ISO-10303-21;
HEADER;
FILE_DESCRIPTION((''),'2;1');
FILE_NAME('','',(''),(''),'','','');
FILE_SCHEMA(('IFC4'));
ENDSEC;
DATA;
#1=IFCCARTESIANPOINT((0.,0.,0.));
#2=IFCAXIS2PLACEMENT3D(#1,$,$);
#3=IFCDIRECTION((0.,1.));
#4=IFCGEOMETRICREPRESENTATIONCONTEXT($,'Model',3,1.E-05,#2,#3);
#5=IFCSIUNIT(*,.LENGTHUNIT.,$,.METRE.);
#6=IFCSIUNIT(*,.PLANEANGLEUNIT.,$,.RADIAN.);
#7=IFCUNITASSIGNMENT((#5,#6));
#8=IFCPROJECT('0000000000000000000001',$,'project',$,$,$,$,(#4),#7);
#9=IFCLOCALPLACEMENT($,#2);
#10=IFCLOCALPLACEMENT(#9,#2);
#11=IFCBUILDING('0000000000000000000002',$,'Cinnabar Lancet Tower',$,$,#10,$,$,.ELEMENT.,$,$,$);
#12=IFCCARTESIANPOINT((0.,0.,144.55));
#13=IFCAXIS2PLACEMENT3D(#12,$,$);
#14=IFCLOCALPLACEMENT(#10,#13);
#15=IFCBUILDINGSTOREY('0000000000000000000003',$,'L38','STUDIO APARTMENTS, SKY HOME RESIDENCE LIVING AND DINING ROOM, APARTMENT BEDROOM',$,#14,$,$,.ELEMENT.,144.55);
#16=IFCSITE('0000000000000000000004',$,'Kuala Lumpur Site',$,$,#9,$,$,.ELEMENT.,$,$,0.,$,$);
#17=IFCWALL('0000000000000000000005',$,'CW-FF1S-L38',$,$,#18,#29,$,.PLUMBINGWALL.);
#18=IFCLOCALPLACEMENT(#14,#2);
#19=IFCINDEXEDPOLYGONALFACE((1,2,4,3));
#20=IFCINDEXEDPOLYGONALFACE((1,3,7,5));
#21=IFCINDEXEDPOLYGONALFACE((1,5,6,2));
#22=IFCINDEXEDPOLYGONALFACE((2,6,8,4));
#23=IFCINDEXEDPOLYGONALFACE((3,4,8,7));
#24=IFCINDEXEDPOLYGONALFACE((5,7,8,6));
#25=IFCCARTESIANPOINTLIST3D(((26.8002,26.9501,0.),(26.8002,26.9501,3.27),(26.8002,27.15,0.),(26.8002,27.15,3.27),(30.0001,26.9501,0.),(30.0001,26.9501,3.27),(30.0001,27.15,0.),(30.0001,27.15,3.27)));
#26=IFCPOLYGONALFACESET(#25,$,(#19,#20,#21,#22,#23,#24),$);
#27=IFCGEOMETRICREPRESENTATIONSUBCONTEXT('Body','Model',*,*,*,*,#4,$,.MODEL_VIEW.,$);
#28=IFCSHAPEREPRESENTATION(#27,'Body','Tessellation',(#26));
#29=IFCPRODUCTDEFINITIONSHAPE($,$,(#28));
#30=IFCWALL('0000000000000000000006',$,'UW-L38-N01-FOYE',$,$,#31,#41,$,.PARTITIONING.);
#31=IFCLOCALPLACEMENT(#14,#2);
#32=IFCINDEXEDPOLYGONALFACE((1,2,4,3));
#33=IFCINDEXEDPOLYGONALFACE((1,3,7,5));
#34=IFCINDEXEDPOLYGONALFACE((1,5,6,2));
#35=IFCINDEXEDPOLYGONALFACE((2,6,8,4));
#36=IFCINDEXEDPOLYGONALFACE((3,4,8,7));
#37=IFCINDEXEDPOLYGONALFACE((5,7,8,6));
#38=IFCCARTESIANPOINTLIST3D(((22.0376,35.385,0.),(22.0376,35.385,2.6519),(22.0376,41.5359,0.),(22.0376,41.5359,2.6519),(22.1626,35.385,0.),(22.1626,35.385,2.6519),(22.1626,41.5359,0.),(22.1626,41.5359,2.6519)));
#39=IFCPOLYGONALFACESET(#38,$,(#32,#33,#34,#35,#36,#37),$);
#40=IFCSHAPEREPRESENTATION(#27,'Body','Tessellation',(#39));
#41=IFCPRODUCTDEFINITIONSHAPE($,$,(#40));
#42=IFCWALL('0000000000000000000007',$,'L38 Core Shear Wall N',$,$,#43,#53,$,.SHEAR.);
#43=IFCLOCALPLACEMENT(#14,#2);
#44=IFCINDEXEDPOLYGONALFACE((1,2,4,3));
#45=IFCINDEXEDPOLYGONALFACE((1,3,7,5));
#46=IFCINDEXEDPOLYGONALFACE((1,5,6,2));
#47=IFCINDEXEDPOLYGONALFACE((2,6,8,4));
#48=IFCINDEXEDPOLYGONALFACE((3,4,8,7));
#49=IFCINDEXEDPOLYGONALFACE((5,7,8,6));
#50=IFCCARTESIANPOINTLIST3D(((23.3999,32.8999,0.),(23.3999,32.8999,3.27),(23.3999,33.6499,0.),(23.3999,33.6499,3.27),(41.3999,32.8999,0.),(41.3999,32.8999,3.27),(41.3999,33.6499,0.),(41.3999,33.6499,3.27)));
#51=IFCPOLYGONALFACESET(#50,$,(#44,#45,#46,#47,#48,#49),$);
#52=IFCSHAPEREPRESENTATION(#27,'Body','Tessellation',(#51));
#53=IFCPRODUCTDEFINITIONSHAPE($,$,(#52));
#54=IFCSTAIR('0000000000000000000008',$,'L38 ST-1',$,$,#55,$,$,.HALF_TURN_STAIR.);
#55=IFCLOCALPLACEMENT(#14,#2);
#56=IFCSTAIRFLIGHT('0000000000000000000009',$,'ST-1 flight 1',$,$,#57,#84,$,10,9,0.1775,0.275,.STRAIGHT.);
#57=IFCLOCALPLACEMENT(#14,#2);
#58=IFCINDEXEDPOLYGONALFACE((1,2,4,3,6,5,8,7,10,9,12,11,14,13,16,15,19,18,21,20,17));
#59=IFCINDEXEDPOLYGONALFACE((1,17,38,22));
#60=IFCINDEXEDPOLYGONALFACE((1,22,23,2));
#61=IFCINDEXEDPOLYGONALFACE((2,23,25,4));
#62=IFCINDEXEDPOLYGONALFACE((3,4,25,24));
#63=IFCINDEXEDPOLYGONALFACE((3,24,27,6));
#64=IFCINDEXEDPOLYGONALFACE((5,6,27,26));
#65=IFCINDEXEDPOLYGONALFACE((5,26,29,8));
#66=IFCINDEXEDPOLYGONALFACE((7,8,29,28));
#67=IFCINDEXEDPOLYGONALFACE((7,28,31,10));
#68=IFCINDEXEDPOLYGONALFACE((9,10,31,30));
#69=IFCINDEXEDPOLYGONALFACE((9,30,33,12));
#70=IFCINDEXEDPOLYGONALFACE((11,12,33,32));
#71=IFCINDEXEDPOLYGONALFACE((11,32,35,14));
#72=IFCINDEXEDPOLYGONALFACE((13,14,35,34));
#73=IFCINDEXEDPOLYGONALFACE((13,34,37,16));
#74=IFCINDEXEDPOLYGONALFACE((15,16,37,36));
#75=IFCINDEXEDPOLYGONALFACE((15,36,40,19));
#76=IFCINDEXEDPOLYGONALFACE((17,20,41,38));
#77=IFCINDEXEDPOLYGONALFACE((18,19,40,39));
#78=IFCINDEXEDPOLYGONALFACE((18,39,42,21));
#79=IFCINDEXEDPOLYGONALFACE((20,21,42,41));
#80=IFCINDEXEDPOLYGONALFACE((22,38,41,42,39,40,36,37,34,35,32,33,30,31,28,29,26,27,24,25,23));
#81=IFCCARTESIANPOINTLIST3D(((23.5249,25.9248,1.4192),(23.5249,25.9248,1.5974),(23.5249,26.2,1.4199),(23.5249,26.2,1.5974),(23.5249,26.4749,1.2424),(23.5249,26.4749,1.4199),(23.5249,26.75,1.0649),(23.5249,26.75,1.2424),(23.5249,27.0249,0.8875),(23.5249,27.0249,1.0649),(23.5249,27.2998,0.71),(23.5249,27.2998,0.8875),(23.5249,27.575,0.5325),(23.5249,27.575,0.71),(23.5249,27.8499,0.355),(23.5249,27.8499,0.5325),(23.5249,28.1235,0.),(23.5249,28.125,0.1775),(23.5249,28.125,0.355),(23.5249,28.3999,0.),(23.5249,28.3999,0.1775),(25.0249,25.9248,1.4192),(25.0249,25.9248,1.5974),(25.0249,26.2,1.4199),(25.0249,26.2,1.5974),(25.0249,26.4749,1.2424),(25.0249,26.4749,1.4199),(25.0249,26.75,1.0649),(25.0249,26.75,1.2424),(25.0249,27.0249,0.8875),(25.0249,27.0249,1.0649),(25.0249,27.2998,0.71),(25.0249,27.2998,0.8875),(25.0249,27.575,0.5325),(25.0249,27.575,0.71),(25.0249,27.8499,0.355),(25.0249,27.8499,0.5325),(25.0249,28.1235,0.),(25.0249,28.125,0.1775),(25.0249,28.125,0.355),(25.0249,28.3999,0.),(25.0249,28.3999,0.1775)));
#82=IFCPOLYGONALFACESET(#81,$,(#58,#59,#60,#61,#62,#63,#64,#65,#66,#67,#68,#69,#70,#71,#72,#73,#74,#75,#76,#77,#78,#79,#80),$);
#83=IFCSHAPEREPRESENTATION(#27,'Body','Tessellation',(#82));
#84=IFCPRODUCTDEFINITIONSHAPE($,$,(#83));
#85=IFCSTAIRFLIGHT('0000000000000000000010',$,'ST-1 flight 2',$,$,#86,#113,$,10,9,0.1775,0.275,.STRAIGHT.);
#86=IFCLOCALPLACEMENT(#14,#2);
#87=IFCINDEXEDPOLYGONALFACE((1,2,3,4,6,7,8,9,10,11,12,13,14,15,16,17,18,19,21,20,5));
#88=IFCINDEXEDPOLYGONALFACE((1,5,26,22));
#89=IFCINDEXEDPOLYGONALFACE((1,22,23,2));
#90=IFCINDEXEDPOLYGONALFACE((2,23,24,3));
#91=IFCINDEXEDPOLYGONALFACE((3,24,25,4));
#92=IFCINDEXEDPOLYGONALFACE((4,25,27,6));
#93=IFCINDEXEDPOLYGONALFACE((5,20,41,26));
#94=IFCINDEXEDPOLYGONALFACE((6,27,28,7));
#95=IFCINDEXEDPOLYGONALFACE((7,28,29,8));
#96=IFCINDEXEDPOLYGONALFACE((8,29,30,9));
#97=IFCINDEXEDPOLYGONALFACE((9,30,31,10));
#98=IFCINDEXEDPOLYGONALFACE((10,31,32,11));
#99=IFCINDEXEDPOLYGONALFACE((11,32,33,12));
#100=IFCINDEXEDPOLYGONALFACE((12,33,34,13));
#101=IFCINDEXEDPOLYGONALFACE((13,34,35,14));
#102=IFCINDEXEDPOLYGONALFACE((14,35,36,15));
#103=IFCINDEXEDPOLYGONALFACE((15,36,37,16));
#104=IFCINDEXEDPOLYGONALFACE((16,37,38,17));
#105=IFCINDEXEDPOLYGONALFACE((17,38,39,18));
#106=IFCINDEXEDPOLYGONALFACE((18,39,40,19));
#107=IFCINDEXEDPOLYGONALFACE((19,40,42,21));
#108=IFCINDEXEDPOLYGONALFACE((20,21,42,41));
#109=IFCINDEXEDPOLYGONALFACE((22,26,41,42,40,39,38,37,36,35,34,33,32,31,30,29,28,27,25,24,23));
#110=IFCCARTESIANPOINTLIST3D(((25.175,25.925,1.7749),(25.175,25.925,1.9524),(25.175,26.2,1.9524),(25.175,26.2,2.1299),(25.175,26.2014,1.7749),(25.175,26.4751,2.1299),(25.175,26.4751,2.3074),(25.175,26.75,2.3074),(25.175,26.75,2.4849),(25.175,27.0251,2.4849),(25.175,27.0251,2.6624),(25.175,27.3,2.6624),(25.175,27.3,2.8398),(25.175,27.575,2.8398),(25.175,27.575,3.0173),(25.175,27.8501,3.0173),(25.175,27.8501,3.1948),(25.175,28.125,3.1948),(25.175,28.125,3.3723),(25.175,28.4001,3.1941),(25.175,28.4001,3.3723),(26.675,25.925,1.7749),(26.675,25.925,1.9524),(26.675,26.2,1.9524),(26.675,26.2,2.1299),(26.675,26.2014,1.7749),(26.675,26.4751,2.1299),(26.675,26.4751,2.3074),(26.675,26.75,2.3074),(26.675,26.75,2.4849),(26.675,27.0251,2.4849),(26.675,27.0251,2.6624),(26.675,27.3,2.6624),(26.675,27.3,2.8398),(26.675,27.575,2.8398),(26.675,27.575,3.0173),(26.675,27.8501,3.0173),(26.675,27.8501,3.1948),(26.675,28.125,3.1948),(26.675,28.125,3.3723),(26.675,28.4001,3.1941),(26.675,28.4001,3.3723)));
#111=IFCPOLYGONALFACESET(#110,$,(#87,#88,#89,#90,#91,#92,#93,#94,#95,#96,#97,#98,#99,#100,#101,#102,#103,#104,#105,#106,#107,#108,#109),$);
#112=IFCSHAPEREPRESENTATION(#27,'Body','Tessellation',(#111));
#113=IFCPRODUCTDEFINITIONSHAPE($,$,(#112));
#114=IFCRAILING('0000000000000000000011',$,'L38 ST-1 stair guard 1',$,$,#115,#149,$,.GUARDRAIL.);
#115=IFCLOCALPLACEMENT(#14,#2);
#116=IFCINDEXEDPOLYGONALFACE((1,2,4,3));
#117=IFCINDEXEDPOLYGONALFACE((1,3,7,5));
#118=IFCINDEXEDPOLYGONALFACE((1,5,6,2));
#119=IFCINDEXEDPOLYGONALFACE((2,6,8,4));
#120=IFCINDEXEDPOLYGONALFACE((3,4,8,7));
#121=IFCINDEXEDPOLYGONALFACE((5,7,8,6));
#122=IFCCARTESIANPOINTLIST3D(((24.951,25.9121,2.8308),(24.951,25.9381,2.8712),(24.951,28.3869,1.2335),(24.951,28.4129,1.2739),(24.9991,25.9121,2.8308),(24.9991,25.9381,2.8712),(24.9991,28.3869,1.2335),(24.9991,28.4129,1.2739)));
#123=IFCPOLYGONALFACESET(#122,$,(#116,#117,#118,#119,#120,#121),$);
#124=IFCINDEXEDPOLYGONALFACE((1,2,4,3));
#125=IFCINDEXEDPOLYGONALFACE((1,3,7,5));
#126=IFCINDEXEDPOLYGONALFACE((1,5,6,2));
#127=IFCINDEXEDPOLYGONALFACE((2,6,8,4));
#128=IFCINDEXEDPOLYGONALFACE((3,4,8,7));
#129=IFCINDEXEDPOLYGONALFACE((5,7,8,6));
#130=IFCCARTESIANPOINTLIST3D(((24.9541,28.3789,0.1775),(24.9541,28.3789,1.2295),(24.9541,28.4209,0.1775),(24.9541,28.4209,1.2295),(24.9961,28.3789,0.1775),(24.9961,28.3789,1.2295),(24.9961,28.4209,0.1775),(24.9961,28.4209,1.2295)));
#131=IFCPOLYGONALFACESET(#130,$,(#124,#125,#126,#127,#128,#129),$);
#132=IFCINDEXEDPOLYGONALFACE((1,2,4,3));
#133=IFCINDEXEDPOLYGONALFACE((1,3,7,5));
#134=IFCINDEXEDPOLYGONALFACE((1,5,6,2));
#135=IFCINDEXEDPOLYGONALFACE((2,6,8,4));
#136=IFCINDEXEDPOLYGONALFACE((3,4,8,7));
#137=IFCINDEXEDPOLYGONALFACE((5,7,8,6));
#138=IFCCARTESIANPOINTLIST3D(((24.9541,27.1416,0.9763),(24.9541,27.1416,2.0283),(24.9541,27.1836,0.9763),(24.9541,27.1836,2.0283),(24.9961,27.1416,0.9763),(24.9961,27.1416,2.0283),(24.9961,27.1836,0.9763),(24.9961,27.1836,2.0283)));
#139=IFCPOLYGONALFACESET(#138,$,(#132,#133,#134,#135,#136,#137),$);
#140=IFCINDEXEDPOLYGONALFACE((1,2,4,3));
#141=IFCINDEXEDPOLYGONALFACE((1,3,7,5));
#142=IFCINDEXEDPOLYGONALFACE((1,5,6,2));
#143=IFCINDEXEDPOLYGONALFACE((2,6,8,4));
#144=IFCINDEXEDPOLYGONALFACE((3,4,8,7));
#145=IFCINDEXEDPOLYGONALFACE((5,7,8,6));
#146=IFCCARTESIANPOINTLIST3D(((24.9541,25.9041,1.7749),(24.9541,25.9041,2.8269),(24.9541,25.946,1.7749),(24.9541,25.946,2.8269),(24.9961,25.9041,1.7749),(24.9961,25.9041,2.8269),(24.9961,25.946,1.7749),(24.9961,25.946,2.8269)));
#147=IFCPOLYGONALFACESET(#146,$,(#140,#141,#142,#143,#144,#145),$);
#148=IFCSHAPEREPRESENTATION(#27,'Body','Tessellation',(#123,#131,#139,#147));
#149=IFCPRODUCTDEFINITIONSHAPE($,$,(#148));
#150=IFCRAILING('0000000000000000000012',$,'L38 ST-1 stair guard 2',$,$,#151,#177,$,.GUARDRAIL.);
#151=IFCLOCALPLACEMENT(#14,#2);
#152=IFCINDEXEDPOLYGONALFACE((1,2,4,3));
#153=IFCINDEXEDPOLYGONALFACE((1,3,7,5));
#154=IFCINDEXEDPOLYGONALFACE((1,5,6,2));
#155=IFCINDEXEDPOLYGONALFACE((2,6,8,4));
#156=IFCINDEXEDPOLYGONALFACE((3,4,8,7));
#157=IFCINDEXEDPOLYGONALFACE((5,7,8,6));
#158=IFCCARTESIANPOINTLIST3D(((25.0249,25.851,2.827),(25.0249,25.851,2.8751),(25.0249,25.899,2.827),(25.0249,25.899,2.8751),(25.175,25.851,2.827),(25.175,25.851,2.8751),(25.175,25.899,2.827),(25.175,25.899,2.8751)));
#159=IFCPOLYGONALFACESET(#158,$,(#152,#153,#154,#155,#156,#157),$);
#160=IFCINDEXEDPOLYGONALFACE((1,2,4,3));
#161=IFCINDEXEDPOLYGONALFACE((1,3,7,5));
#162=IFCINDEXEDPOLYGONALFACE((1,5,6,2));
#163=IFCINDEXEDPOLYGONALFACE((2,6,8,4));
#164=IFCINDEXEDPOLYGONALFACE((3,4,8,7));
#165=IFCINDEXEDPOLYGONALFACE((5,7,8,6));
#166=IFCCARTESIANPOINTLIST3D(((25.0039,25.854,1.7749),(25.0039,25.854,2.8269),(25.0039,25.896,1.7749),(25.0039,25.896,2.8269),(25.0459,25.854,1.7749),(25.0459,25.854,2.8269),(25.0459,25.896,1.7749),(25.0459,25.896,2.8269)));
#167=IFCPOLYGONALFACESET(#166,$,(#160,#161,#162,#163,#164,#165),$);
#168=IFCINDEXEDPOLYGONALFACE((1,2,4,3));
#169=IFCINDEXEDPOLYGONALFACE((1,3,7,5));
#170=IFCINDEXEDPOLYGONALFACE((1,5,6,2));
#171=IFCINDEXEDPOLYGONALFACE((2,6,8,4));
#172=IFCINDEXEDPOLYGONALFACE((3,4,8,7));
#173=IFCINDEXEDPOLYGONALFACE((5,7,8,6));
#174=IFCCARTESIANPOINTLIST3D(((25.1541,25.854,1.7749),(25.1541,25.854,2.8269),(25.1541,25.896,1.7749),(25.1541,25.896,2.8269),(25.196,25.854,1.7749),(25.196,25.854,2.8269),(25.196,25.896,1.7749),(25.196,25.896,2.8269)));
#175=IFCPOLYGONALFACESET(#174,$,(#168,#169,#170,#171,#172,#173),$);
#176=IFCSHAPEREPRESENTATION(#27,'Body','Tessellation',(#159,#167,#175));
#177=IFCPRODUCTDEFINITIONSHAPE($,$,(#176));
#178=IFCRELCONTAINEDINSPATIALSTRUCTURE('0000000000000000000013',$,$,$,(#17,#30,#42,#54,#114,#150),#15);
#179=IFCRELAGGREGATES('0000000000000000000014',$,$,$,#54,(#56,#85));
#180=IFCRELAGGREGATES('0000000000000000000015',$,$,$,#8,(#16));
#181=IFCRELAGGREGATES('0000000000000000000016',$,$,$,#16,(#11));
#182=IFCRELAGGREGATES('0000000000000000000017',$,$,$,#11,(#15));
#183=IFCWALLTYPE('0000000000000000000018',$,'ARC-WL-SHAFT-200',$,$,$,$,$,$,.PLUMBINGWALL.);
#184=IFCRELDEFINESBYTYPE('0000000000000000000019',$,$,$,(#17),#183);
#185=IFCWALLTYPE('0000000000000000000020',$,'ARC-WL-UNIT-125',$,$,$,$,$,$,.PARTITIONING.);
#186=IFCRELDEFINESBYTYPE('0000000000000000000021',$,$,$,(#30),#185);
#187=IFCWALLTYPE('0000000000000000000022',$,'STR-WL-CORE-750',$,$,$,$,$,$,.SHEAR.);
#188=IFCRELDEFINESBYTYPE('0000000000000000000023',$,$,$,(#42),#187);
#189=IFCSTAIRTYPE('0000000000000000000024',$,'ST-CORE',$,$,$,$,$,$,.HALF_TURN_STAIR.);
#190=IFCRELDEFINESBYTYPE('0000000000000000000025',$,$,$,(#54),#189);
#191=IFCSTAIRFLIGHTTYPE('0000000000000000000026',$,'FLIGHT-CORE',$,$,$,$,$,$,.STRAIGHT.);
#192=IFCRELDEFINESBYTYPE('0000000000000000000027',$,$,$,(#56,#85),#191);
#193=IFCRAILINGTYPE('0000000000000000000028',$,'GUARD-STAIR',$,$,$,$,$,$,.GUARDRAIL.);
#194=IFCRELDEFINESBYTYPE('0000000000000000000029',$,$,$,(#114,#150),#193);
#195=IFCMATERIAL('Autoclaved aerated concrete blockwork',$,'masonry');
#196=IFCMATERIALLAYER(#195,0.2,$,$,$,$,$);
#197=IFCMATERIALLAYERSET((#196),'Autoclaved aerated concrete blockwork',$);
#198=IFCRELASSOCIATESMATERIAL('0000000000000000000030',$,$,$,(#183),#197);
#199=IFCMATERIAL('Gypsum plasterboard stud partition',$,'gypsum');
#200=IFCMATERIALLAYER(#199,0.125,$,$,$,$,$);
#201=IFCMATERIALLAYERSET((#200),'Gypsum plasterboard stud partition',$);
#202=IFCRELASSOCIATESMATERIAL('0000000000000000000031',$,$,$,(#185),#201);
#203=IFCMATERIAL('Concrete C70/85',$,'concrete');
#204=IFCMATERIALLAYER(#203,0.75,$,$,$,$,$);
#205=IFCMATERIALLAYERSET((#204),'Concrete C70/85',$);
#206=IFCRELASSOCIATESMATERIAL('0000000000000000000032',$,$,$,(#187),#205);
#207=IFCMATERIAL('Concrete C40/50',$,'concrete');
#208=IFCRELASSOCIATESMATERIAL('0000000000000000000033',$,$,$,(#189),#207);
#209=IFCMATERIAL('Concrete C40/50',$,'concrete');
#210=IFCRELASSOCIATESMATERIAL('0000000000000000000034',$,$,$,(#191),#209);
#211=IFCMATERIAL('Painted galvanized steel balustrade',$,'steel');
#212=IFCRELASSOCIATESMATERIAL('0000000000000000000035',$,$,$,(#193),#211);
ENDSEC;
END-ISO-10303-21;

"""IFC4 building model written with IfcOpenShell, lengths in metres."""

from ifc_helpers import new_model, si_unit, direction, frame, frame_2d, origin, origin_2d, place, context, subcontext, project, spatial, polyline, rectangle, outline, extrude, material, layer, layer_set, type_object, element, aggregate, save


model = new_model("IFC4")

# Units and contexts
model_context = context("Model", 3, precision=1e-05, world=origin(), true_north=direction((0.0, 1.0)))
body_context = subcontext(model_context, "Body", "Model", "MODEL_VIEW")
ifc_project = project(units=[si_unit("LENGTHUNIT", "METRE"), si_unit("PLANEANGLEUNIT", "RADIAN")], contexts=[model_context])

# Site, building, storey
site_placement = place(None, origin())
site = spatial("IfcSite", under=ifc_project, at=site_placement, Name="Kuala Lumpur Site", CompositionType="ELEMENT", RefElevation=0.0)
building_placement = place(site_placement, origin())
building = spatial("IfcBuilding", under=site, at=building_placement, Name="Cinnabar Lancet Tower", CompositionType="ELEMENT")
storey_placement = place(building_placement, frame((0.0, 0.0, 144.55)))
storey = spatial("IfcBuildingStorey", under=building, at=storey_placement, Name="L38", Description="STUDIO APARTMENTS, SKY HOME RESIDENCE LIVING AND DINING ROOM, APARTMENT BEDROOM", CompositionType="ELEMENT", Elevation=144.55)

# Shared definitions
ifc_material_1 = material(Name="Autoclaved aerated concrete blockwork", Category="masonry")
ifc_layer_1 = layer(ifc_material_1, 0.2)
ifc_layer_set_1 = layer_set([ifc_layer_1], Name="Autoclaved aerated concrete blockwork")
wall_type_1 = type_object("IfcWallType", Name="ARC-WL-SHAFT-200", PredefinedType="PLUMBINGWALL", material=ifc_layer_set_1)

# Walls
wall_1_placement = place(storey_placement, frame((26.8, 27.05, 0.0), z_axis=(0.0, 0.0, 1.0), x_axis=(1.0, 0.0, 0.0)))
element("IfcWall", 1, at=wall_1_placement, inside=storey, type_object=wall_type_1, Name="CW-FF1S-L38", PredefinedType="PLUMBINGWALL", context=body_context, shape_type="SweptSolid", body=[
    extrude(rectangle(XDim=3.2, YDim=0.2, at=frame_2d((1.6001, 0.0))), origin(), (0.0, 0.0, 1.0), 3.27),
])
ifc_material_2 = material(Name="Gypsum plasterboard stud partition", Category="gypsum")
ifc_layer_2 = layer(ifc_material_2, 0.125)
ifc_layer_set_2 = layer_set([ifc_layer_2], Name="Gypsum plasterboard stud partition")
wall_type_2 = type_object("IfcWallType", Name="ARC-WL-UNIT-125", PredefinedType="PARTITIONING", material=ifc_layer_set_2)
wall_2_placement = place(storey_placement, frame((22.1001, 35.385, 0.0), z_axis=(0.0, 0.0, 1.0), x_axis=(0.0, 1.0, 0.0)))
element("IfcWall", 2, at=wall_2_placement, inside=storey, type_object=wall_type_2, Name="UW-L38-N01-FOYE", PredefinedType="PARTITIONING", context=body_context, shape_type="SweptSolid", body=[
    extrude(rectangle(XDim=6.1509, YDim=0.125, at=frame_2d((3.0754, 0.0))), origin(), (0.0, 0.0, 1.0), 2.6519),
])
ifc_material_3 = material(Name="Concrete C70/85", Category="concrete")
ifc_layer_3 = layer(ifc_material_3, 0.75)
ifc_layer_set_3 = layer_set([ifc_layer_3], Name="Concrete C70/85")
wall_type_3 = type_object("IfcWallType", Name="STR-WL-CORE-750", PredefinedType="SHEAR", material=ifc_layer_set_3)
wall_3_placement = place(storey_placement, frame((23.3999, 33.2749, 0.0), z_axis=(0.0, 0.0, 1.0), x_axis=(1.0, 0.0, 0.0)))
element("IfcWall", 3, at=wall_3_placement, inside=storey, type_object=wall_type_3, Name="L38 Core Shear Wall N", PredefinedType="SHEAR", context=body_context, shape_type="SweptSolid", body=[
    extrude(rectangle(XDim=18.0, YDim=0.75, at=frame_2d((9.0, 0.0))), origin(), (0.0, 0.0, 1.0), 3.27),
])

# Stair, stair flights
ifc_material_4 = material(Name="Concrete C40/50", Category="concrete")
stair_type = type_object("IfcStairType", Name="ST-CORE", PredefinedType="HALF_TURN_STAIR", material=ifc_material_4)
stair_placement = place(storey_placement, origin())
stair = element("IfcStair", 4, at=stair_placement, inside=storey, type_object=stair_type, Name="L38 ST-1", PredefinedType="HALF_TURN_STAIR")
ifc_material_5 = material(Name="Concrete C40/50", Category="concrete")
stair_flight_type = type_object("IfcStairFlightType", Name="FLIGHT-CORE", PredefinedType="STRAIGHT", material=ifc_material_5)
stair_flight_1_placement = place(storey_placement, frame((24.2749, 28.3999, 0.0), z_axis=(0.0, 0.0, 1.0), x_axis=(0.0, -1.0, 0.0)))
stair_flight_1 = element("IfcStairFlight", 5, at=stair_flight_1_placement, type_object=stair_flight_type, Name="ST-1 flight 1", NumberOfRisers=10, NumberOfTreads=9, PredefinedType="STRAIGHT", RiserHeight=0.1775, TreadLength=0.275, context=body_context, shape_type="SweptSolid", body=[
    extrude(outline(polyline([(0.0, 0.0), (0.0, 0.1775), (0.2749, 0.1775), (0.2749, 0.355), (0.55, 0.355), (0.55, 0.5325), (0.825, 0.5325), (0.825, 0.71), (1.1001, 0.71), (1.1001, 0.8875), (1.375, 0.8875), (1.375, 1.0649), (1.6499, 1.0649), (1.6499, 1.2424), (1.925, 1.2424), (1.925, 1.4199), (2.2, 1.4199), (2.2, 1.5974), (2.4751, 1.5974), (2.4751, 1.7749), (2.4751, 1.4192), (0.2764, 0.0), (0.0, 0.0)])), frame((0.0, 0.75, 0.0), z_axis=(0.0, -1.0, 0.0), x_axis=(1.0, 0.0, 0.0)), (0.0, 0.0, 1.0), 1.5),
])
stair_flight_2_placement = place(storey_placement, frame((25.925, 25.925, 1.7749), z_axis=(0.0, 0.0, 1.0), x_axis=(0.0, 1.0, 0.0)))
stair_flight_2 = element("IfcStairFlight", 6, at=stair_flight_2_placement, type_object=stair_flight_type, Name="ST-1 flight 2", NumberOfRisers=10, NumberOfTreads=9, PredefinedType="STRAIGHT", RiserHeight=0.1775, TreadLength=0.275, context=body_context, shape_type="SweptSolid", body=[
    extrude(outline(polyline([(0.0, 0.0), (0.0, 0.1775), (0.2749, 0.1775), (0.2749, 0.355), (0.55, 0.355), (0.55, 0.5325), (0.825, 0.5325), (0.825, 0.71), (1.1001, 0.71), (1.1001, 0.8875), (1.375, 0.8875), (1.375, 1.0649), (1.6499, 1.0649), (1.6499, 1.2424), (1.925, 1.2424), (1.925, 1.4199), (2.2, 1.4199), (2.2, 1.5974), (2.4751, 1.5974), (2.4751, 1.7749), (2.4751, 1.4192), (0.2764, 0.0), (0.0, 0.0)])), frame((0.0, 0.75, 0.0), z_axis=(0.0, -1.0, 0.0), x_axis=(1.0, 0.0, 0.0)), (0.0, 0.0, 1.0), 1.5),
])
aggregate(stair, [stair_flight_1, stair_flight_2])

# Railings
ifc_material_6 = material(Name="Painted galvanized steel balustrade", Category="steel")
railing_type_1 = type_object("IfcRailingType", Name="GUARD-STAIR", PredefinedType="GUARDRAIL", material=ifc_material_6)
railing_1_placement = place(storey_placement, frame((24.9751, 28.3999, 0.1775)))
element("IfcRailing", 7, at=railing_1_placement, inside=storey, type_object=railing_type_1, Name="L38 ST-1 stair guard 1", PredefinedType="GUARDRAIL", context=body_context, shape_type="SweptSolid", body=[
    extrude(rectangle(XDim=0.0481, YDim=0.0481, at=origin_2d()), frame((0.0, 0.0, 1.0762), z_axis=(0.0, -0.840183, 0.542302), x_axis=(1.0, 0.0, 0.0)), (0.0, 0.0, 1.0), 2.9456),
    extrude(rectangle(XDim=0.042, YDim=0.042, at=origin_2d()), origin(), (0.0, 0.0, 1.0), 1.052),
    extrude(rectangle(XDim=0.042, YDim=0.042, at=origin_2d()), frame((0.0, -1.2373, 0.7988)), (0.0, 0.0, 1.0), 1.052),
    extrude(rectangle(XDim=0.042, YDim=0.042, at=origin_2d()), frame((0.0, -2.4749, 1.5974)), (0.0, 0.0, 1.0), 1.052),
])
railing_2_placement = place(storey_placement, frame((25.0249, 25.875, 1.7749)))
element("IfcRailing", 8, at=railing_2_placement, inside=storey, type_object=railing_type_1, Name="L38 ST-1 stair guard 2", PredefinedType="GUARDRAIL", context=body_context, shape_type="SweptSolid", body=[
    extrude(rectangle(XDim=0.0481, YDim=0.0481, at=origin_2d()), frame((0.0, 0.0, 1.0762), z_axis=(1.0, 0.0, 0.0), x_axis=(0.0, 1.0, 0.0)), (0.0, 0.0, 1.0), 0.1501),
    extrude(rectangle(XDim=0.042, YDim=0.042, at=origin_2d()), origin(), (0.0, 0.0, 1.0), 1.052),
    extrude(rectangle(XDim=0.042, YDim=0.042, at=origin_2d()), frame((0.1501, 0.0, 0.0)), (0.0, 0.0, 1.0), 1.052),
])

save(model, "model.ifc")
